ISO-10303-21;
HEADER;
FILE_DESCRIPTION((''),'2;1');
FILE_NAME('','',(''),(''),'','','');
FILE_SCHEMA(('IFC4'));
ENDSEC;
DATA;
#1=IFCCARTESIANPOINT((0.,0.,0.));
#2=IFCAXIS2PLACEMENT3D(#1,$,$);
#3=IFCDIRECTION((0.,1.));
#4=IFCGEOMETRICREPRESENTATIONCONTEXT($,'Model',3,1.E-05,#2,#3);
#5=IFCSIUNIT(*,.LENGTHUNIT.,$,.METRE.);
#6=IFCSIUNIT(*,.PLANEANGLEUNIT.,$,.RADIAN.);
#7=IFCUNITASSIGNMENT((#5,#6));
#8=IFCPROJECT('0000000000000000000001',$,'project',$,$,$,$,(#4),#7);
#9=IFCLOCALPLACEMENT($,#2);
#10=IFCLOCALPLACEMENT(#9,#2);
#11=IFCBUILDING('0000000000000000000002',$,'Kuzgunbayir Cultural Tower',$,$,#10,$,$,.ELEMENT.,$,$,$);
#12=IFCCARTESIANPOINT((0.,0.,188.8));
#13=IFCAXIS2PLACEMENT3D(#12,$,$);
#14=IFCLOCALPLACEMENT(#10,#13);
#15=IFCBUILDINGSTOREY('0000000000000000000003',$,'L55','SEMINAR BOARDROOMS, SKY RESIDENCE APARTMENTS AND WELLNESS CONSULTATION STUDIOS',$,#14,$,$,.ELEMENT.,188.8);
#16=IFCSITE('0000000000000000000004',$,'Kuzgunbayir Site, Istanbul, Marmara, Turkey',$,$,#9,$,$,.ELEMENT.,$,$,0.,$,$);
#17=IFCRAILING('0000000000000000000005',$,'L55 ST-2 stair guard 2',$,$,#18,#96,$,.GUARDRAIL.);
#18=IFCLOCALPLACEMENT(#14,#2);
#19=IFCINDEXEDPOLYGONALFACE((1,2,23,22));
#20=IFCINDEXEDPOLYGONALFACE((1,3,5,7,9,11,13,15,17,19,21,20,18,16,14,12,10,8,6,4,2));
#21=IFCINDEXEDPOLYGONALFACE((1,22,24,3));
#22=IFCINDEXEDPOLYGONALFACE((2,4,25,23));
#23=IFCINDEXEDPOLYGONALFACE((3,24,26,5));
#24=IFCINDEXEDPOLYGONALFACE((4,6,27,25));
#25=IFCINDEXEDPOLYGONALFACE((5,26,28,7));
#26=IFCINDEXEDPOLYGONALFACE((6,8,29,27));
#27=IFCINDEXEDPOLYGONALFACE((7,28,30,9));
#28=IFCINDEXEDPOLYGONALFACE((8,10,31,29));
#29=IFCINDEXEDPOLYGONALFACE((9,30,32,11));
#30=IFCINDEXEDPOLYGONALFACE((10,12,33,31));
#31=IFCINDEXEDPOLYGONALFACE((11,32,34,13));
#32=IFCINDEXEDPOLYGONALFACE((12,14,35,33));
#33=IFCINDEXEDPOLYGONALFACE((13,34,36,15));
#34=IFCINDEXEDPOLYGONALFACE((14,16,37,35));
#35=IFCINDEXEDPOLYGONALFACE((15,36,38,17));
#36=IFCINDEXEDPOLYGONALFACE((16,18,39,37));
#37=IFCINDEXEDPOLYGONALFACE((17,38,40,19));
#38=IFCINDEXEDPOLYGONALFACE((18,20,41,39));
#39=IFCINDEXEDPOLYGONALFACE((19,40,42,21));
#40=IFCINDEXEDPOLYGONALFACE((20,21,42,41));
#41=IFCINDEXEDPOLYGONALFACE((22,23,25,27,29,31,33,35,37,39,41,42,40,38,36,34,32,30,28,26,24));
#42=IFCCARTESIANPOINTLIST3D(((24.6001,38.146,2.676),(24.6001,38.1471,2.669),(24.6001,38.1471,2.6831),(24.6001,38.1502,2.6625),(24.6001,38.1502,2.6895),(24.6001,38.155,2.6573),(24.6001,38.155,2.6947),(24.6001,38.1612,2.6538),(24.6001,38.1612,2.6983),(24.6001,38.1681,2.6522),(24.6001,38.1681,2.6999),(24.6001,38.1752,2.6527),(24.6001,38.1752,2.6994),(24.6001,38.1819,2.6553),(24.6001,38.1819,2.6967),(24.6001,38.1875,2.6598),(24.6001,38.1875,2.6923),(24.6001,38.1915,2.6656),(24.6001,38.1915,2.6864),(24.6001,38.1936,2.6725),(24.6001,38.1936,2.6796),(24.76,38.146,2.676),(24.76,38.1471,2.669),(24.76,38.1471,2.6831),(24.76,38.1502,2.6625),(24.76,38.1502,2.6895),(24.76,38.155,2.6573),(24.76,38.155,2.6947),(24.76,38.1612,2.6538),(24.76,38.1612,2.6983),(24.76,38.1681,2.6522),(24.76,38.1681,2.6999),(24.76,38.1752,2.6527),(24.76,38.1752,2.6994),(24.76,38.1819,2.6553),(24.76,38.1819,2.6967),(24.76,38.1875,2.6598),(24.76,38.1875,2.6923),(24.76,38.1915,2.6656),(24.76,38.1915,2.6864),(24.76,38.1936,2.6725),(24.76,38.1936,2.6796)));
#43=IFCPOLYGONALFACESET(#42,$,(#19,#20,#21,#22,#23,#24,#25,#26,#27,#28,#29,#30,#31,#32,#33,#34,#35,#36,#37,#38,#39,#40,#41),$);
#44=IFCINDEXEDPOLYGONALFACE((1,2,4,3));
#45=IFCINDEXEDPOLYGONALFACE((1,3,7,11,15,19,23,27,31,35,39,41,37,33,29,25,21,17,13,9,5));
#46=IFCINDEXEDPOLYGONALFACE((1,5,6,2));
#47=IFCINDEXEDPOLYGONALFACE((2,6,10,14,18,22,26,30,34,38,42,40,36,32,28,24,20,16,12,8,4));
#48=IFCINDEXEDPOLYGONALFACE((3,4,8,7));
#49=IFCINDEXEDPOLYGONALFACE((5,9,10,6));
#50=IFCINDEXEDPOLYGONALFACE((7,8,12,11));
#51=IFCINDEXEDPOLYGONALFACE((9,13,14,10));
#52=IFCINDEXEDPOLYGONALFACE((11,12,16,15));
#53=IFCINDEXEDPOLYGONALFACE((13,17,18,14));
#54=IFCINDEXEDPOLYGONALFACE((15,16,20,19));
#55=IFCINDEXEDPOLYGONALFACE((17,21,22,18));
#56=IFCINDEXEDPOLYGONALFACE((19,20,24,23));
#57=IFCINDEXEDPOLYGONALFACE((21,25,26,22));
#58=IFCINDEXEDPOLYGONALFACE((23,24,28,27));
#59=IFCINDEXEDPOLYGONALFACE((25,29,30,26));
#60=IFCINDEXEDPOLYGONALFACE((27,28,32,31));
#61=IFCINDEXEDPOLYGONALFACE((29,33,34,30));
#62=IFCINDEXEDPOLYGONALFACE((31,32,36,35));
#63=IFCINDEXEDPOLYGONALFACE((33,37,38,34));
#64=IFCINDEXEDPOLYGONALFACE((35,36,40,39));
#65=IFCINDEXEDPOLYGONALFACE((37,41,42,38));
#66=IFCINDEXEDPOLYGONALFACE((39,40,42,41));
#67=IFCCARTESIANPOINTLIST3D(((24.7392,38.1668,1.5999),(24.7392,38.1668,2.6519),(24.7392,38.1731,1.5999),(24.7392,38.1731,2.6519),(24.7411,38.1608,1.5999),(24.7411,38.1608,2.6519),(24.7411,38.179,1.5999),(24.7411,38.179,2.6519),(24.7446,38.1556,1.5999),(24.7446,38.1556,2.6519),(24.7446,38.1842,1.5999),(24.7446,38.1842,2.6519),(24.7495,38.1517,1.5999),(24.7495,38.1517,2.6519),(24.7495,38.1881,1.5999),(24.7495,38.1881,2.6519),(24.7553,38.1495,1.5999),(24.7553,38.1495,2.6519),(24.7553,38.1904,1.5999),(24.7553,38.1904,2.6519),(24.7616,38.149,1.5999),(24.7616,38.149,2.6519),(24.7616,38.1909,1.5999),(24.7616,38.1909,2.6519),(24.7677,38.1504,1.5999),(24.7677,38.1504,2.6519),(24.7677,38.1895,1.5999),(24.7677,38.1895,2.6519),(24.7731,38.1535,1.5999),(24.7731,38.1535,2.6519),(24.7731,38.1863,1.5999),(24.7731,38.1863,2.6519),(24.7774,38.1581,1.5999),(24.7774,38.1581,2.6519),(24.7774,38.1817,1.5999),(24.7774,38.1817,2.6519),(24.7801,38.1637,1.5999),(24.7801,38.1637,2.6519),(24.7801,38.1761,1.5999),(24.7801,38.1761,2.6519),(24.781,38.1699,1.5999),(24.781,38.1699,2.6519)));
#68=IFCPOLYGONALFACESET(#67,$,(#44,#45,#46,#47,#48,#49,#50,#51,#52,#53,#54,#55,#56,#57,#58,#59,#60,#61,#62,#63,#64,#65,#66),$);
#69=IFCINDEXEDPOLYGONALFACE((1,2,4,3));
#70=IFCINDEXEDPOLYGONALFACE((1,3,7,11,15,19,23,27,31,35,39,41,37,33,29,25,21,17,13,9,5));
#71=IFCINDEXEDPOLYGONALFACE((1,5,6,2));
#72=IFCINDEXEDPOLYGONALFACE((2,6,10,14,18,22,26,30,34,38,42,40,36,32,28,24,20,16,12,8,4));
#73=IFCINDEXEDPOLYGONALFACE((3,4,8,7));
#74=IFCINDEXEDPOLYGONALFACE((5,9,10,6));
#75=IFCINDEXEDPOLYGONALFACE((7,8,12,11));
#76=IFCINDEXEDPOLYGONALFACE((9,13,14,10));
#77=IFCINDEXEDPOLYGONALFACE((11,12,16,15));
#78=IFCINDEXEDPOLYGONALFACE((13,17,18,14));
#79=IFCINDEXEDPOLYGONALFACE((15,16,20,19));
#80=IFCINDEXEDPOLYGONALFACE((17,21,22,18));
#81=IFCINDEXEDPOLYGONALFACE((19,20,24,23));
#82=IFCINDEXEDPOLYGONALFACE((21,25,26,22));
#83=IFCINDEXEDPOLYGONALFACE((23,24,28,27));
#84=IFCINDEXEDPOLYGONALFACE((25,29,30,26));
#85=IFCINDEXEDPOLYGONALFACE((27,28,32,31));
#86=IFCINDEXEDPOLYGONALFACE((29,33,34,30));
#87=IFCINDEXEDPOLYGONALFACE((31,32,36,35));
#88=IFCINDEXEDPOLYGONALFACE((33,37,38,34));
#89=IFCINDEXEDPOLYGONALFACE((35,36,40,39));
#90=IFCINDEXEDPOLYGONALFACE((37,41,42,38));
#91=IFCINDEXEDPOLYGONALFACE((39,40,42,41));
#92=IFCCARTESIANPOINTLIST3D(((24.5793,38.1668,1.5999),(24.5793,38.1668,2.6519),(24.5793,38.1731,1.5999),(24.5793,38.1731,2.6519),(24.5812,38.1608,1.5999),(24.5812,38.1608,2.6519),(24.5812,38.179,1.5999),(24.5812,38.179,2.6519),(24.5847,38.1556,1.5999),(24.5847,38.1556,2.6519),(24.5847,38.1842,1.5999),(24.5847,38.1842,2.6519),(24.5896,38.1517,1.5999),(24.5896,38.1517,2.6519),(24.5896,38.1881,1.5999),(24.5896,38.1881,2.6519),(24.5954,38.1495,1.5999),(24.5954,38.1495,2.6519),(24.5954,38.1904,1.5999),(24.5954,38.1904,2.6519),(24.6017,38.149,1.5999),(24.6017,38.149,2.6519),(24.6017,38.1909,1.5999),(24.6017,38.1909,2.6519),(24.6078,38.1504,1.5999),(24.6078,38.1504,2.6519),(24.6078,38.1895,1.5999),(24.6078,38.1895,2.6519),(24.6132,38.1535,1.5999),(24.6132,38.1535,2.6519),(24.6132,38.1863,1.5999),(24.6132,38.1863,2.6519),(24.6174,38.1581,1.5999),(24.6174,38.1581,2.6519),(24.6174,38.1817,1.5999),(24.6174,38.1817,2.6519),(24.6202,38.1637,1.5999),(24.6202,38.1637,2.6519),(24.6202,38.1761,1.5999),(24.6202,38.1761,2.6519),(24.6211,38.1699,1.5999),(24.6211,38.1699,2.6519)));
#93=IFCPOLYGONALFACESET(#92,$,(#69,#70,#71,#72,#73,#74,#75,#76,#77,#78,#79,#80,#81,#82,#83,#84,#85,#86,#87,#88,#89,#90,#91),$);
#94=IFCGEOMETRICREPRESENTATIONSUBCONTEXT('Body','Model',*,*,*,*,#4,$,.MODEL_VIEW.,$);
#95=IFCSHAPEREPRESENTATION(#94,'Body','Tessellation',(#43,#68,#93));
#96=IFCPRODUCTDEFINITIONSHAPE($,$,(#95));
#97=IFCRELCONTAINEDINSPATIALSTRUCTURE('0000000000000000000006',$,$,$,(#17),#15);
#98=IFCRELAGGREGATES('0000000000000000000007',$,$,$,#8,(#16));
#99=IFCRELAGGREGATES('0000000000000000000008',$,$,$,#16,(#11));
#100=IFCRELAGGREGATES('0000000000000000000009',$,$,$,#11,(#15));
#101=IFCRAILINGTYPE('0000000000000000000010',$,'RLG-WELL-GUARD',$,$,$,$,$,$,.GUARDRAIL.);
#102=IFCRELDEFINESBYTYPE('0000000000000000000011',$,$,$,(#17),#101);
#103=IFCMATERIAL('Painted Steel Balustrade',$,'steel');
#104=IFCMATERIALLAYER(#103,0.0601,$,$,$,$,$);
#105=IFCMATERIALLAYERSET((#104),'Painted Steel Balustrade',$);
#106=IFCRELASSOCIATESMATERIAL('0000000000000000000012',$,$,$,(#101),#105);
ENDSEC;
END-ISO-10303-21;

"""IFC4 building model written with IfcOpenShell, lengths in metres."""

from ifc_helpers import new_model, si_unit, direction, frame, origin, origin_2d, place, context, subcontext, project, spatial, circle, extrude, material, layer, layer_set, type_object, element, save


model = new_model("IFC4")

# Units and contexts
model_context = context("Model", 3, precision=1e-05, world=origin(), true_north=direction((0.0, 1.0)))
body_context = subcontext(model_context, "Body", "Model", "MODEL_VIEW")
ifc_project = project(units=[si_unit("LENGTHUNIT", "METRE"), si_unit("PLANEANGLEUNIT", "RADIAN")], contexts=[model_context])

# Site, building, storey
site_placement = place(None, origin())
site = spatial("IfcSite", under=ifc_project, at=site_placement, Name="Kuzgunbayir Site, Istanbul, Marmara, Turkey", CompositionType="ELEMENT", RefElevation=0.0)
building_placement = place(site_placement, origin())
building = spatial("IfcBuilding", under=site, at=building_placement, Name="Kuzgunbayir Cultural Tower", CompositionType="ELEMENT")
storey_placement = place(building_placement, frame((0.0, 0.0, 188.8)))
storey = spatial("IfcBuildingStorey", under=building, at=storey_placement, Name="L55", Description="SEMINAR BOARDROOMS, SKY RESIDENCE APARTMENTS AND WELLNESS CONSULTATION STUDIOS", CompositionType="ELEMENT", Elevation=188.8)

# Railing
ifc_material_1 = material(Name="Painted Steel Balustrade", Category="steel")
ifc_layer_1 = layer(ifc_material_1, 0.0601)
ifc_layer_set_1 = layer_set([ifc_layer_1], Name="Painted Steel Balustrade")
railing_type_1 = type_object("IfcRailingType", Name="RLG-WELL-GUARD", PredefinedType="GUARDRAIL", material=ifc_layer_set_1)
railing_1_placement = place(storey_placement, frame((24.76, 38.1699, 1.5999)))
element("IfcRailing", 1, at=railing_1_placement, inside=storey, type_object=railing_type_1, Name="L55 ST-2 stair guard 2", PredefinedType="GUARDRAIL", context=body_context, shape_type="SweptSolid", body=[
    extrude(circle(Radius=0.0239, at=origin_2d()), frame((0.0, 0.0, 1.0762), z_axis=(-1.0, 0.0, 0.0), x_axis=(0.0, -1.0, 0.0)), (0.0, 0.0, 1.0), 0.1599),
    extrude(circle(Radius=0.021, at=origin_2d()), origin(), (0.0, 0.0, 1.0), 1.052),
    extrude(circle(Radius=0.021, at=origin_2d()), frame((-0.1599, 0.0, 0.0)), (0.0, 0.0, 1.0), 1.052),
])

save(model, "model.ifc")
